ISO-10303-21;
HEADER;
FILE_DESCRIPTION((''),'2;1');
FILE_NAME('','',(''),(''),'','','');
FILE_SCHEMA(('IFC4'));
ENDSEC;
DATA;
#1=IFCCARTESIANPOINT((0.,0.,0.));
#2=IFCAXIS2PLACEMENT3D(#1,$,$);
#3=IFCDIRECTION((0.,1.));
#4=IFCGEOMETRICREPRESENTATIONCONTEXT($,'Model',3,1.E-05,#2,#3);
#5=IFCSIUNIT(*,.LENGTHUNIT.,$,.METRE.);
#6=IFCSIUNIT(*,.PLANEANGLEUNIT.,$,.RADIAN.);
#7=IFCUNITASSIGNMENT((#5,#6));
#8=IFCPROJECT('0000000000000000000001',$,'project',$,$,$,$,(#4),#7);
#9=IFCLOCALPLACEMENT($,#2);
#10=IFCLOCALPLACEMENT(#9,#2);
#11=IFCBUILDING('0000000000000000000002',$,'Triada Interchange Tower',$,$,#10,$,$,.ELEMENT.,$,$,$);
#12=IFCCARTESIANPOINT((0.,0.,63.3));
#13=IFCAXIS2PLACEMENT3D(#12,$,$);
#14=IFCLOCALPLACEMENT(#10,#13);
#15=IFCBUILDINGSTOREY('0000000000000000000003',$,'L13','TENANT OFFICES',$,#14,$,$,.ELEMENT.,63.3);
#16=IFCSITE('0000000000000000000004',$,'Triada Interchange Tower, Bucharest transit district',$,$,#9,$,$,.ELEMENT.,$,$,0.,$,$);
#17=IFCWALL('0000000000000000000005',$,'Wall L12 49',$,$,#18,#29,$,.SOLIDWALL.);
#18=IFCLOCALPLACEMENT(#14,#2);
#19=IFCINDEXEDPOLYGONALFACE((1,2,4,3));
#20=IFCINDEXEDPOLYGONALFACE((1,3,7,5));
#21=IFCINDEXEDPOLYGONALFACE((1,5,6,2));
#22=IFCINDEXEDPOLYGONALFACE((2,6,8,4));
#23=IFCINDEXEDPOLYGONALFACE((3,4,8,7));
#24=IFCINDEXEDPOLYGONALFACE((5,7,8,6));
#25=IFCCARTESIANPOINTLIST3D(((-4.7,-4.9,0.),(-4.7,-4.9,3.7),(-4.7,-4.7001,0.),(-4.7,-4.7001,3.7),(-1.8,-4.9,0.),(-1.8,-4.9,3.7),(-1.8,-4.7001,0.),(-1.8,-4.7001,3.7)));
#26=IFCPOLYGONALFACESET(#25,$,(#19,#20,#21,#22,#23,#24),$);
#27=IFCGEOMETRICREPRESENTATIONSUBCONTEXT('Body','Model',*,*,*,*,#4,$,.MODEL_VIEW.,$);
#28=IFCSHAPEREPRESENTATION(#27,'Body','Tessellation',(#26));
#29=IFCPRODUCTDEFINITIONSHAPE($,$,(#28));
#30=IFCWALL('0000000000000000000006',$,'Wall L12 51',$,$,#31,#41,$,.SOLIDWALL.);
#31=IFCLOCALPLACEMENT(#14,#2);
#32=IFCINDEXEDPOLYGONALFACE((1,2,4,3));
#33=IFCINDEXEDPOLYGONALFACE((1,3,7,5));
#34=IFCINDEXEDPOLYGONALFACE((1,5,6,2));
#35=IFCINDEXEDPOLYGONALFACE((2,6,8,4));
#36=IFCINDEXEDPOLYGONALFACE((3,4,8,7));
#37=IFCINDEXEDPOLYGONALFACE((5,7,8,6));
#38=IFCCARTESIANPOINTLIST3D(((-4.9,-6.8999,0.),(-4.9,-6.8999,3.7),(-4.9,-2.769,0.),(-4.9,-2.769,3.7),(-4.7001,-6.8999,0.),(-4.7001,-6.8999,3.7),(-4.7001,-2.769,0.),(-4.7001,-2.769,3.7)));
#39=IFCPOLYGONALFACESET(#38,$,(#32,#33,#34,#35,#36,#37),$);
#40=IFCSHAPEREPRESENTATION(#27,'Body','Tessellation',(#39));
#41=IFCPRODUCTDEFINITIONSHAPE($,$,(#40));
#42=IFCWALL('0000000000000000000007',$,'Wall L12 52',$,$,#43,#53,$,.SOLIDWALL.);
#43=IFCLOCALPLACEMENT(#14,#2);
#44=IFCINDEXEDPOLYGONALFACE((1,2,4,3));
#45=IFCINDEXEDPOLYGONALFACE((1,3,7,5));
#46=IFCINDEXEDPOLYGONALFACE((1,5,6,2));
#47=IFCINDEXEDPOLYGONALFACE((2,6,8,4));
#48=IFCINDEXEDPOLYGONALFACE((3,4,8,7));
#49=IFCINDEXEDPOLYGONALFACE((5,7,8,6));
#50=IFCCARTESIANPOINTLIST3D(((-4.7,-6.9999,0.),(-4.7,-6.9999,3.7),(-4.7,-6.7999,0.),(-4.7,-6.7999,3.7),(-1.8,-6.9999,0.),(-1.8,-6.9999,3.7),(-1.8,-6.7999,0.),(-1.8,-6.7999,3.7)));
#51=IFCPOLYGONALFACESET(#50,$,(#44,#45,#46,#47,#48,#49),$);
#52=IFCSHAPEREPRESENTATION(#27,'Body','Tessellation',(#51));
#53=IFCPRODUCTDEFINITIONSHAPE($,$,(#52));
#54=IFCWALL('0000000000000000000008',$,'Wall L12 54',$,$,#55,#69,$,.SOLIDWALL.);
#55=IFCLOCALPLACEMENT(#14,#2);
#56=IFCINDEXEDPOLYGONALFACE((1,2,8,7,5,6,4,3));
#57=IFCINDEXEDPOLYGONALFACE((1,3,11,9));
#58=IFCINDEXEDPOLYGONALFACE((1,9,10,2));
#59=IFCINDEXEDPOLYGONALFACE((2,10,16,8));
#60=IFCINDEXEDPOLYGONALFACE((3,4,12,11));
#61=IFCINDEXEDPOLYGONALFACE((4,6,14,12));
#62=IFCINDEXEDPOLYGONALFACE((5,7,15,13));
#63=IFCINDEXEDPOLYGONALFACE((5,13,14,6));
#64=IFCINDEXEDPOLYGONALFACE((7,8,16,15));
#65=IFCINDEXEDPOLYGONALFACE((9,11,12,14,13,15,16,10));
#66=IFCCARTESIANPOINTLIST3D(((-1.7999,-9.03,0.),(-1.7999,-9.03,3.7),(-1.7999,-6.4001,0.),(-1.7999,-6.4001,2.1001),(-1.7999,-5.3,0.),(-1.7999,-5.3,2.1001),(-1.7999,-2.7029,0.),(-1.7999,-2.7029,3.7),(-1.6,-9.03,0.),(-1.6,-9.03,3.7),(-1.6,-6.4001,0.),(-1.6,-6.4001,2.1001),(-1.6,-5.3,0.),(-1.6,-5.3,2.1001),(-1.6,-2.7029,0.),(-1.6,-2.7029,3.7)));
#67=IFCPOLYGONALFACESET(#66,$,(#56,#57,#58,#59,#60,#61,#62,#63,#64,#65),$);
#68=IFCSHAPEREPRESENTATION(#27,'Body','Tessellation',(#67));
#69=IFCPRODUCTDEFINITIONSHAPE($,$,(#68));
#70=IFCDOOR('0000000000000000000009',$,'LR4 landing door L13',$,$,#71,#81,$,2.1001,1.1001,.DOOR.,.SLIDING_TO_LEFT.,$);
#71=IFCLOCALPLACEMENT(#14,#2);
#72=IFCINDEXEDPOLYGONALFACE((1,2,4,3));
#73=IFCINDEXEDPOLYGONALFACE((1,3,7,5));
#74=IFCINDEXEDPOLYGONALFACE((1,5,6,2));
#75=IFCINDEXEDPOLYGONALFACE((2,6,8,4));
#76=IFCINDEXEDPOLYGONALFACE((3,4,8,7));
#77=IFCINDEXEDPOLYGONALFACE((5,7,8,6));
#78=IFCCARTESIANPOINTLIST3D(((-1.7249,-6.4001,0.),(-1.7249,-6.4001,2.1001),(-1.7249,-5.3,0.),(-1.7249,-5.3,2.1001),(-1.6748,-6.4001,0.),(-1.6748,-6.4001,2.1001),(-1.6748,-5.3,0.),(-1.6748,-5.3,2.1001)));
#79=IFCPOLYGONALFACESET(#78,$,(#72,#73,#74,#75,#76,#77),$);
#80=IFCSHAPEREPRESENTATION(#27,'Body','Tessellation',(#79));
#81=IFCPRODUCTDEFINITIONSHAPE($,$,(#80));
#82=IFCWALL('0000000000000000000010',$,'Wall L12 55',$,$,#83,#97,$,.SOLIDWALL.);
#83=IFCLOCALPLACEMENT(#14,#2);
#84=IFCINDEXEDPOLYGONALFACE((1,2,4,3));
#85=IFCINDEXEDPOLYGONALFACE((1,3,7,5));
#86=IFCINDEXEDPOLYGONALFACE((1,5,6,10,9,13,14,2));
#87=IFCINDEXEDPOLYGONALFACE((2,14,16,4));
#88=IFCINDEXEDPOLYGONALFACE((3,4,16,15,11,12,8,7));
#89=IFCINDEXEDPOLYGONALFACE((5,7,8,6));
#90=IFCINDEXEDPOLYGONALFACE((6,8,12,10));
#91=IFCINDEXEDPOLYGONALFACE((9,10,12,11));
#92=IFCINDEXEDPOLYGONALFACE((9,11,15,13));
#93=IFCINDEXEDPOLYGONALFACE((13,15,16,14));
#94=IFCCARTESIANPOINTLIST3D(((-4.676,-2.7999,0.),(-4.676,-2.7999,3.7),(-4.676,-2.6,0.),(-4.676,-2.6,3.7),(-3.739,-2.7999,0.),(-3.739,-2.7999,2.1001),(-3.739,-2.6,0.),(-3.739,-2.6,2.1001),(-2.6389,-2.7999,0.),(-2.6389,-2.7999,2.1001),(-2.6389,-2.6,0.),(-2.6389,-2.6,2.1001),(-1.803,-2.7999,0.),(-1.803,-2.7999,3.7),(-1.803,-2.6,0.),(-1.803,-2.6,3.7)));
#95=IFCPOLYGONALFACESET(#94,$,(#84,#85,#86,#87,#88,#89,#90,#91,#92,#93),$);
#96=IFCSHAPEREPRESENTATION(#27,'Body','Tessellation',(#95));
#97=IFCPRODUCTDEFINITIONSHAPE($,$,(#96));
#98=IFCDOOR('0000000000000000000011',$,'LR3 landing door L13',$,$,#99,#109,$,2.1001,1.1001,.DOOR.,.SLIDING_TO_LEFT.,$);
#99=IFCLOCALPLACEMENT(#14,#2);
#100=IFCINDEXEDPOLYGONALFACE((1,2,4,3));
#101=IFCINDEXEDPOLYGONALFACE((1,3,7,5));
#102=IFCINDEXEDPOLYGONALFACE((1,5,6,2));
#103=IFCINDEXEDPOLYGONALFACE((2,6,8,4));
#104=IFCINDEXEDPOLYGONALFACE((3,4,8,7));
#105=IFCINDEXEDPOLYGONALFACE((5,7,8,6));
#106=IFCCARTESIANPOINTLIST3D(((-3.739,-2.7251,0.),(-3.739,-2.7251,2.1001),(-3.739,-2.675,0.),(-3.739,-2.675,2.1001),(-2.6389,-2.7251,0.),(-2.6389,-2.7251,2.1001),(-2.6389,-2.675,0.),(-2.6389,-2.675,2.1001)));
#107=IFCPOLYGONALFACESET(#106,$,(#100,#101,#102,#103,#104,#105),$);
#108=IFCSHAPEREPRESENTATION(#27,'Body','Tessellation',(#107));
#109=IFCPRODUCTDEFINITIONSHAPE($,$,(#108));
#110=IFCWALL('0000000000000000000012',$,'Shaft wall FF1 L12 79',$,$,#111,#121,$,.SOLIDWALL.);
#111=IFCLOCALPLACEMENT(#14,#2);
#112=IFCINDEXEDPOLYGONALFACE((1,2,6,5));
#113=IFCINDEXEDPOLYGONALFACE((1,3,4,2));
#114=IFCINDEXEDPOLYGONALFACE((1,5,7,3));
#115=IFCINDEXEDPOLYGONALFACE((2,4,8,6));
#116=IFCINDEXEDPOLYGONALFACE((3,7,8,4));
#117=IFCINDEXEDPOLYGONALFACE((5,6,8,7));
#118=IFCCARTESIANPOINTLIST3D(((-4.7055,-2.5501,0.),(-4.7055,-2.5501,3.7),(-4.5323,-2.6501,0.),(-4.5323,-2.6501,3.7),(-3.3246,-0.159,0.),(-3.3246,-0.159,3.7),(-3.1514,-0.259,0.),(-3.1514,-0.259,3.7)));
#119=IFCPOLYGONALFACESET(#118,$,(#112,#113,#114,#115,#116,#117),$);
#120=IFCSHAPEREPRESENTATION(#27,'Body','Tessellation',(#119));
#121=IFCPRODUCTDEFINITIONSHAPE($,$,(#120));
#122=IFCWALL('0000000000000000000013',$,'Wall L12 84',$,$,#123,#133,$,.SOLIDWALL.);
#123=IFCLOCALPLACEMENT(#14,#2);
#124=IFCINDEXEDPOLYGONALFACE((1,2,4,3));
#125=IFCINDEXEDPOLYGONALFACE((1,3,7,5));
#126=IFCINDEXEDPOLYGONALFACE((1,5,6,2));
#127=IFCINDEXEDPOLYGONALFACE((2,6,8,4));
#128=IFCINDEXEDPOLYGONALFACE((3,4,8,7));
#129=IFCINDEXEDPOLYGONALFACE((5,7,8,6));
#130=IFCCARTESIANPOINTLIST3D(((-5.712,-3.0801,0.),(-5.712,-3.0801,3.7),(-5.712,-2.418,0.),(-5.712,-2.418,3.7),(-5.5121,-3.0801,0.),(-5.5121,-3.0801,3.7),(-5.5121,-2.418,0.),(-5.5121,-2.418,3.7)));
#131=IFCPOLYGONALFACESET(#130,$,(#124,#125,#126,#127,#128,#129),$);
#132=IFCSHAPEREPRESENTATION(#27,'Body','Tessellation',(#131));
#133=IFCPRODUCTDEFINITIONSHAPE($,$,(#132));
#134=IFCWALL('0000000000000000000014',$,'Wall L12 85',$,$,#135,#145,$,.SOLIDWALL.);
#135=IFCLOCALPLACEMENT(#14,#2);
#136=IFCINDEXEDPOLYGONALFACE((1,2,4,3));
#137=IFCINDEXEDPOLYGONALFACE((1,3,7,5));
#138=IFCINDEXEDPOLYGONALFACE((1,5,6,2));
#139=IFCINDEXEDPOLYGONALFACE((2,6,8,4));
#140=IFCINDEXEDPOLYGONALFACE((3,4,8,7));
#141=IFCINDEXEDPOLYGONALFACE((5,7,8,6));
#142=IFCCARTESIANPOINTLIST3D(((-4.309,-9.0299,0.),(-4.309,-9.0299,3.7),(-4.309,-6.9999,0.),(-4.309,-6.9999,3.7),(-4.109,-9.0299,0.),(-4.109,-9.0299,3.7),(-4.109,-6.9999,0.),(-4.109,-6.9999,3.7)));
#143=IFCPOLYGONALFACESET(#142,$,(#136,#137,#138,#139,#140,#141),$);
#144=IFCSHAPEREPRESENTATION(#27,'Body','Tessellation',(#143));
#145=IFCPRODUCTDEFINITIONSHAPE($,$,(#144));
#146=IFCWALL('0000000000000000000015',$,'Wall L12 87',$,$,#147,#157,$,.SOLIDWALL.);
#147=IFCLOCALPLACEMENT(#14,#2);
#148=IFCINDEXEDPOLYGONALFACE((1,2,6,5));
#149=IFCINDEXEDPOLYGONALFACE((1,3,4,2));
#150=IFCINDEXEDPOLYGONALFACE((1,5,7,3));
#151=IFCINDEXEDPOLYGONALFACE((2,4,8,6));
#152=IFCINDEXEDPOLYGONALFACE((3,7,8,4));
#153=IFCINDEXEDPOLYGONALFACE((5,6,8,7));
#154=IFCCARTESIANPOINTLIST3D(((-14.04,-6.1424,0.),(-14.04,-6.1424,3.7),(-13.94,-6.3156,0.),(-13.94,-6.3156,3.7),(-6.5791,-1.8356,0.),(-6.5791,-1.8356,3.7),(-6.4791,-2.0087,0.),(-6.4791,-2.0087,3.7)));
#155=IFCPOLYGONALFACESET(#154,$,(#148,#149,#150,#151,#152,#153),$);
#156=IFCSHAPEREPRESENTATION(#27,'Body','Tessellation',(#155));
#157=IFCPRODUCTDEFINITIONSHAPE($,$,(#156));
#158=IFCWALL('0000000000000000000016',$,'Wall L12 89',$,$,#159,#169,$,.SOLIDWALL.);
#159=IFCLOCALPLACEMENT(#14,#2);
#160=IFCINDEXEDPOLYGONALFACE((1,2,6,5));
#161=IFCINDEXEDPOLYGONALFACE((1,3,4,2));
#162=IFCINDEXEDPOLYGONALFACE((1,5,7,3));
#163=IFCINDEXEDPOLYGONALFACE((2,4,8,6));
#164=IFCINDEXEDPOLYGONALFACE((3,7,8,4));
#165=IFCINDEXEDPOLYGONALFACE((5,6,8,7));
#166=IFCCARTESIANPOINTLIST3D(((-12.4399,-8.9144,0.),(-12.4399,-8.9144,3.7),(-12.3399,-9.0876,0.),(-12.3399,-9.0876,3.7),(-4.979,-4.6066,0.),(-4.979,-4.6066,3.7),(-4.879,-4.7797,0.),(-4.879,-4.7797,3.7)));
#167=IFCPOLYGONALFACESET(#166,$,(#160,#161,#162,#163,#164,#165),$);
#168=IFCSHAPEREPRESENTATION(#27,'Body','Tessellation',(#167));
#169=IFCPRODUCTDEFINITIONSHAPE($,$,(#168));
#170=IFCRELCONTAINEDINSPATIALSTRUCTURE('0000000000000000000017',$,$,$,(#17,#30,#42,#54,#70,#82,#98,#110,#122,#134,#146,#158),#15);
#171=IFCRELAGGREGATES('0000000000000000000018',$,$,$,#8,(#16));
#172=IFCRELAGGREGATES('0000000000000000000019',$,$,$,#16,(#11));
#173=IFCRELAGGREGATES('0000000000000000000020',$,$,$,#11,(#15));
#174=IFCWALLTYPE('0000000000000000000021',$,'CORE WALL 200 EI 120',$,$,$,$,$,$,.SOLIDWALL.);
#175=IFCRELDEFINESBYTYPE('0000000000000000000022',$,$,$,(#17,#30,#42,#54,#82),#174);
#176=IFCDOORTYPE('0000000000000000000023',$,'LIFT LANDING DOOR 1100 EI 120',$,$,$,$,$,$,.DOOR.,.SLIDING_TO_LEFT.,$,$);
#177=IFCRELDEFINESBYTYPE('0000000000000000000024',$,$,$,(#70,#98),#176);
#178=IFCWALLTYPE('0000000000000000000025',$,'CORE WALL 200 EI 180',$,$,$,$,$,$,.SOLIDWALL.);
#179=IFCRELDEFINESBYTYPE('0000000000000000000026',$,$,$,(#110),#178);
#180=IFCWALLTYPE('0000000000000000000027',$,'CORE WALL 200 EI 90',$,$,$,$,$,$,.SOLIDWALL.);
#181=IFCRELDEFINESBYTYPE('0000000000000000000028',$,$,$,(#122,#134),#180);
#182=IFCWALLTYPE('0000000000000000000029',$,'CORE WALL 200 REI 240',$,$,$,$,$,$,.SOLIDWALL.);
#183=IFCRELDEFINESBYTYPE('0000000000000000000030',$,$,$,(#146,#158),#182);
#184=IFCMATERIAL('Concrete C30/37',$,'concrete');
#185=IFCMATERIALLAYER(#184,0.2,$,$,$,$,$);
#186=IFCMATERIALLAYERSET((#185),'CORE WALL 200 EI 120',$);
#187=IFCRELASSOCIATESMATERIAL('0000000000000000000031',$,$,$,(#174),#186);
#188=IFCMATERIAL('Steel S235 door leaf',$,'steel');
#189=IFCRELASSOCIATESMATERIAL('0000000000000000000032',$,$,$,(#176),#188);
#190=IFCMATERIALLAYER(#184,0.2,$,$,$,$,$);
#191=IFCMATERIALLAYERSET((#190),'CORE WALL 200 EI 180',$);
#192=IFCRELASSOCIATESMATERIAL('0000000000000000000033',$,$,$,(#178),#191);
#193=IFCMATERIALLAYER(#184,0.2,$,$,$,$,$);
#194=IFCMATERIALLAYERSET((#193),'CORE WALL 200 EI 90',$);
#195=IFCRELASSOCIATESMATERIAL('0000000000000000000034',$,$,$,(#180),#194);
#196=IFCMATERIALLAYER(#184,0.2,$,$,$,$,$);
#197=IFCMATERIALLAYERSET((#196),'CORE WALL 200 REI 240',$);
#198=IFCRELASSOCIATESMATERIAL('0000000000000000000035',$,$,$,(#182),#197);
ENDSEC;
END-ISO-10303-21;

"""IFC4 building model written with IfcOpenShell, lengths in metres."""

from ifc_helpers import new_model, si_unit, direction, frame, frame_2d, origin, place, context, subcontext, project, spatial, rectangle, extrude, material, layer, layer_set, type_object, element, fill, save


model = new_model("IFC4")

# Units and contexts
model_context = context("Model", 3, precision=1e-05, world=origin(), true_north=direction((0.0, 1.0)))
body_context = subcontext(model_context, "Body", "Model", "MODEL_VIEW")
ifc_project = project(units=[si_unit("LENGTHUNIT", "METRE"), si_unit("PLANEANGLEUNIT", "RADIAN")], contexts=[model_context])

# Site, building, storey
site_placement = place(None, origin())
site = spatial("IfcSite", under=ifc_project, at=site_placement, Name="Triada Interchange Tower, Bucharest transit district", CompositionType="ELEMENT", RefElevation=0.0)
building_placement = place(site_placement, origin())
building = spatial("IfcBuilding", under=site, at=building_placement, Name="Triada Interchange Tower", CompositionType="ELEMENT")
storey_placement = place(building_placement, frame((0.0, 0.0, 63.3)))
storey = spatial("IfcBuildingStorey", under=building, at=storey_placement, Name="L13", Description="TENANT OFFICES", CompositionType="ELEMENT", Elevation=63.3)

# Walls
ifc_material_1 = material(Name="Concrete C30/37", Category="concrete")
ifc_layer_1 = layer(ifc_material_1, 0.2)
ifc_layer_set_1 = layer_set([ifc_layer_1], Name="CORE WALL 200 EI 120")
wall_type_1 = type_object("IfcWallType", Name="CORE WALL 200 EI 120", PredefinedType="SOLIDWALL", material=ifc_layer_set_1)
wall_1_placement = place(storey_placement, frame((-4.7, -4.8, 0.0), z_axis=(0.0, 0.0, 1.0), x_axis=(1.0, 0.0, 0.0)))
element("IfcWall", 1, at=wall_1_placement, inside=storey, type_object=wall_type_1, Name="Wall L12 49", PredefinedType="SOLIDWALL", context=body_context, shape_type="SweptSolid", body=[
    extrude(rectangle(XDim=2.8999, YDim=0.2, at=frame_2d((1.45, 0.0))), origin(), (0.0, 0.0, 1.0), 3.7),
])
wall_2_placement = place(storey_placement, frame((-4.8, -6.8999, 0.0), z_axis=(0.0, 0.0, 1.0), x_axis=(0.0, 1.0, 0.0)))
element("IfcWall", 2, at=wall_2_placement, inside=storey, type_object=wall_type_1, Name="Wall L12 51", PredefinedType="SOLIDWALL", context=body_context, shape_type="SweptSolid", body=[
    extrude(rectangle(XDim=4.1309, YDim=0.2, at=frame_2d((2.0654, 0.0))), origin(), (0.0, 0.0, 1.0), 3.7),
])
wall_3_placement = place(storey_placement, frame((-4.7, -6.8999, 0.0), z_axis=(0.0, 0.0, 1.0), x_axis=(1.0, 0.0, 0.0)))
element("IfcWall", 3, at=wall_3_placement, inside=storey, type_object=wall_type_1, Name="Wall L12 52", PredefinedType="SOLIDWALL", context=body_context, shape_type="SweptSolid", body=[
    extrude(rectangle(XDim=2.8999, YDim=0.2, at=frame_2d((1.45, 0.0))), origin(), (0.0, 0.0, 1.0), 3.7),
])

# Walls, openings, doors
wall_4_placement = place(storey_placement, frame((-1.7, -9.03, 0.0), z_axis=(0.0, 0.0, 1.0), x_axis=(0.0, 1.0, 0.0)))
wall_4 = element("IfcWall", 4, at=wall_4_placement, inside=storey, type_object=wall_type_1, Name="Wall L12 54", PredefinedType="SOLIDWALL", context=body_context, shape_type="SweptSolid", body=[
    extrude(rectangle(XDim=6.3271, YDim=0.2, at=frame_2d((3.1636, 0.0))), origin(), (0.0, 0.0, 1.0), 3.7),
])
opening_1_placement = place(wall_4_placement, frame((2.6299, 0.0, 0.0)))
opening_1 = element("IfcOpeningElement", 5, at=opening_1_placement, cuts=wall_4, PredefinedType="OPENING", context=body_context, shape_type="SweptSolid", body=[
    extrude(rectangle(XDim=1.1001, YDim=2.1001, at=frame_2d((0.55, 1.05))), frame((0.0, 0.1099, 0.0), z_axis=(0.0, -1.0, 0.0), x_axis=(1.0, 0.0, 0.0)), (0.0, 0.0, 1.0), 0.22),
])
ifc_material_2 = material(Name="Steel S235 door leaf", Category="steel")
door_type_1 = type_object("IfcDoorType", Name="LIFT LANDING DOOR 1100 EI 120", OperationType="SLIDING_TO_LEFT", PredefinedType="DOOR", material=ifc_material_2)
door_1_placement = place(opening_1_placement, origin())
door_1 = element("IfcDoor", 6, at=door_1_placement, inside=storey, type_object=door_type_1, Name="LR4 landing door L13", OperationType="SLIDING_TO_LEFT", OverallHeight=2.1001, OverallWidth=1.1001, PredefinedType="DOOR", context=body_context, shape_type="SweptSolid", body=[
    extrude(rectangle(XDim=1.1001, YDim=2.1001, at=frame_2d((0.55, 1.05))), frame((0.0, 0.0249, 0.0), z_axis=(0.0, -1.0, 0.0), x_axis=(1.0, 0.0, 0.0)), (0.0, 0.0, 1.0), 0.05),
])
fill(opening_1, door_1)
wall_5_placement = place(storey_placement, frame((-4.676, -2.7, 0.0), z_axis=(0.0, 0.0, 1.0), x_axis=(1.0, 0.0, 0.0)))
wall_5 = element("IfcWall", 7, at=wall_5_placement, inside=storey, type_object=wall_type_1, Name="Wall L12 55", PredefinedType="SOLIDWALL", context=body_context, shape_type="SweptSolid", body=[
    extrude(rectangle(XDim=2.873, YDim=0.2, at=frame_2d((1.4365, 0.0))), origin(), (0.0, 0.0, 1.0), 3.7),
])
opening_2_placement = place(wall_5_placement, frame((0.937, 0.0, 0.0)))
opening_2 = element("IfcOpeningElement", 8, at=opening_2_placement, cuts=wall_5, PredefinedType="OPENING", context=body_context, shape_type="SweptSolid", body=[
    extrude(rectangle(XDim=1.1001, YDim=2.1001, at=frame_2d((0.55, 1.05))), frame((0.0, 0.1099, 0.0), z_axis=(0.0, -1.0, 0.0), x_axis=(1.0, 0.0, 0.0)), (0.0, 0.0, 1.0), 0.22),
])
door_2_placement = place(opening_2_placement, origin())
door_2 = element("IfcDoor", 9, at=door_2_placement, inside=storey, type_object=door_type_1, Name="LR3 landing door L13", OperationType="SLIDING_TO_LEFT", OverallHeight=2.1001, OverallWidth=1.1001, PredefinedType="DOOR", context=body_context, shape_type="SweptSolid", body=[
    extrude(rectangle(XDim=1.1001, YDim=2.1001, at=frame_2d((0.55, 1.05))), frame((0.0, 0.0249, 0.0), z_axis=(0.0, -1.0, 0.0), x_axis=(1.0, 0.0, 0.0)), (0.0, 0.0, 1.0), 0.05),
])
fill(opening_2, door_2)

# Walls
ifc_layer_2 = layer(ifc_material_1, 0.2)
ifc_layer_set_2 = layer_set([ifc_layer_2], Name="CORE WALL 200 EI 180")
wall_type_2 = type_object("IfcWallType", Name="CORE WALL 200 EI 180", PredefinedType="SOLIDWALL", material=ifc_layer_set_2)
wall_6_placement = place(storey_placement, frame((-4.6189, -2.6001, 0.0), z_axis=(0.0, 0.0, 1.0), x_axis=(0.500095, 0.865971, 0.0)))
element("IfcWall", 10, at=wall_6_placement, inside=storey, type_object=wall_type_2, Name="Shaft wall FF1 L12 79", PredefinedType="SOLIDWALL", context=body_context, shape_type="SweptSolid", body=[
    extrude(rectangle(XDim=2.7612, YDim=0.2, at=frame_2d((1.3806, 0.0))), origin(), (0.0, 0.0, 1.0), 3.7),
])
ifc_layer_3 = layer(ifc_material_1, 0.2)
ifc_layer_set_3 = layer_set([ifc_layer_3], Name="CORE WALL 200 EI 90")
wall_type_3 = type_object("IfcWallType", Name="CORE WALL 200 EI 90", PredefinedType="SOLIDWALL", material=ifc_layer_set_3)
wall_7_placement = place(storey_placement, frame((-5.6121, -3.0801, 0.0), z_axis=(0.0, 0.0, 1.0), x_axis=(0.0, 1.0, 0.0)))
element("IfcWall", 11, at=wall_7_placement, inside=storey, type_object=wall_type_3, Name="Wall L12 84", PredefinedType="SOLIDWALL", context=body_context, shape_type="SweptSolid", body=[
    extrude(rectangle(XDim=0.6621, YDim=0.2, at=frame_2d((0.3311, 0.0))), origin(), (0.0, 0.0, 1.0), 3.7),
])
wall_8_placement = place(storey_placement, frame((-4.209, -9.03, 0.0), z_axis=(0.0, 0.0, 1.0), x_axis=(0.0, 1.0, 0.0)))
element("IfcWall", 12, at=wall_8_placement, inside=storey, type_object=wall_type_3, Name="Wall L12 85", PredefinedType="SOLIDWALL", context=body_context, shape_type="SweptSolid", body=[
    extrude(rectangle(XDim=2.03, YDim=0.2, at=frame_2d((1.0151, 0.0))), origin(), (0.0, 0.0, 1.0), 3.7),
])
ifc_layer_4 = layer(ifc_material_1, 0.2)
ifc_layer_set_4 = layer_set([ifc_layer_4], Name="CORE WALL 200 REI 240")
wall_type_4 = type_object("IfcWallType", Name="CORE WALL 200 REI 240", PredefinedType="SOLIDWALL", material=ifc_layer_set_4)
wall_9_placement = place(storey_placement, frame((-13.99, -6.229, 0.0), z_axis=(0.0, 0.0, 1.0), x_axis=(0.86606, 0.49994, 0.0)))
element("IfcWall", 13, at=wall_9_placement, inside=storey, type_object=wall_type_4, Name="Wall L12 87", PredefinedType="SOLIDWALL", context=body_context, shape_type="SweptSolid", body=[
    extrude(rectangle(XDim=8.6147, YDim=0.2, at=frame_2d((4.3074, 0.0))), origin(), (0.0, 0.0, 1.0), 3.7),
])
wall_10_placement = place(storey_placement, frame((-12.3899, -9.001, 0.0), z_axis=(0.0, 0.0, 1.0), x_axis=(0.866011, 0.500025, 0.0)))
element("IfcWall", 14, at=wall_10_placement, inside=storey, type_object=wall_type_4, Name="Wall L12 89", PredefinedType="SOLIDWALL", context=body_context, shape_type="SweptSolid", body=[
    extrude(rectangle(XDim=8.6152, YDim=0.2, at=frame_2d((4.3076, 0.0))), origin(), (0.0, 0.0, 1.0), 3.7),
])

save(model, "model.ifc")
